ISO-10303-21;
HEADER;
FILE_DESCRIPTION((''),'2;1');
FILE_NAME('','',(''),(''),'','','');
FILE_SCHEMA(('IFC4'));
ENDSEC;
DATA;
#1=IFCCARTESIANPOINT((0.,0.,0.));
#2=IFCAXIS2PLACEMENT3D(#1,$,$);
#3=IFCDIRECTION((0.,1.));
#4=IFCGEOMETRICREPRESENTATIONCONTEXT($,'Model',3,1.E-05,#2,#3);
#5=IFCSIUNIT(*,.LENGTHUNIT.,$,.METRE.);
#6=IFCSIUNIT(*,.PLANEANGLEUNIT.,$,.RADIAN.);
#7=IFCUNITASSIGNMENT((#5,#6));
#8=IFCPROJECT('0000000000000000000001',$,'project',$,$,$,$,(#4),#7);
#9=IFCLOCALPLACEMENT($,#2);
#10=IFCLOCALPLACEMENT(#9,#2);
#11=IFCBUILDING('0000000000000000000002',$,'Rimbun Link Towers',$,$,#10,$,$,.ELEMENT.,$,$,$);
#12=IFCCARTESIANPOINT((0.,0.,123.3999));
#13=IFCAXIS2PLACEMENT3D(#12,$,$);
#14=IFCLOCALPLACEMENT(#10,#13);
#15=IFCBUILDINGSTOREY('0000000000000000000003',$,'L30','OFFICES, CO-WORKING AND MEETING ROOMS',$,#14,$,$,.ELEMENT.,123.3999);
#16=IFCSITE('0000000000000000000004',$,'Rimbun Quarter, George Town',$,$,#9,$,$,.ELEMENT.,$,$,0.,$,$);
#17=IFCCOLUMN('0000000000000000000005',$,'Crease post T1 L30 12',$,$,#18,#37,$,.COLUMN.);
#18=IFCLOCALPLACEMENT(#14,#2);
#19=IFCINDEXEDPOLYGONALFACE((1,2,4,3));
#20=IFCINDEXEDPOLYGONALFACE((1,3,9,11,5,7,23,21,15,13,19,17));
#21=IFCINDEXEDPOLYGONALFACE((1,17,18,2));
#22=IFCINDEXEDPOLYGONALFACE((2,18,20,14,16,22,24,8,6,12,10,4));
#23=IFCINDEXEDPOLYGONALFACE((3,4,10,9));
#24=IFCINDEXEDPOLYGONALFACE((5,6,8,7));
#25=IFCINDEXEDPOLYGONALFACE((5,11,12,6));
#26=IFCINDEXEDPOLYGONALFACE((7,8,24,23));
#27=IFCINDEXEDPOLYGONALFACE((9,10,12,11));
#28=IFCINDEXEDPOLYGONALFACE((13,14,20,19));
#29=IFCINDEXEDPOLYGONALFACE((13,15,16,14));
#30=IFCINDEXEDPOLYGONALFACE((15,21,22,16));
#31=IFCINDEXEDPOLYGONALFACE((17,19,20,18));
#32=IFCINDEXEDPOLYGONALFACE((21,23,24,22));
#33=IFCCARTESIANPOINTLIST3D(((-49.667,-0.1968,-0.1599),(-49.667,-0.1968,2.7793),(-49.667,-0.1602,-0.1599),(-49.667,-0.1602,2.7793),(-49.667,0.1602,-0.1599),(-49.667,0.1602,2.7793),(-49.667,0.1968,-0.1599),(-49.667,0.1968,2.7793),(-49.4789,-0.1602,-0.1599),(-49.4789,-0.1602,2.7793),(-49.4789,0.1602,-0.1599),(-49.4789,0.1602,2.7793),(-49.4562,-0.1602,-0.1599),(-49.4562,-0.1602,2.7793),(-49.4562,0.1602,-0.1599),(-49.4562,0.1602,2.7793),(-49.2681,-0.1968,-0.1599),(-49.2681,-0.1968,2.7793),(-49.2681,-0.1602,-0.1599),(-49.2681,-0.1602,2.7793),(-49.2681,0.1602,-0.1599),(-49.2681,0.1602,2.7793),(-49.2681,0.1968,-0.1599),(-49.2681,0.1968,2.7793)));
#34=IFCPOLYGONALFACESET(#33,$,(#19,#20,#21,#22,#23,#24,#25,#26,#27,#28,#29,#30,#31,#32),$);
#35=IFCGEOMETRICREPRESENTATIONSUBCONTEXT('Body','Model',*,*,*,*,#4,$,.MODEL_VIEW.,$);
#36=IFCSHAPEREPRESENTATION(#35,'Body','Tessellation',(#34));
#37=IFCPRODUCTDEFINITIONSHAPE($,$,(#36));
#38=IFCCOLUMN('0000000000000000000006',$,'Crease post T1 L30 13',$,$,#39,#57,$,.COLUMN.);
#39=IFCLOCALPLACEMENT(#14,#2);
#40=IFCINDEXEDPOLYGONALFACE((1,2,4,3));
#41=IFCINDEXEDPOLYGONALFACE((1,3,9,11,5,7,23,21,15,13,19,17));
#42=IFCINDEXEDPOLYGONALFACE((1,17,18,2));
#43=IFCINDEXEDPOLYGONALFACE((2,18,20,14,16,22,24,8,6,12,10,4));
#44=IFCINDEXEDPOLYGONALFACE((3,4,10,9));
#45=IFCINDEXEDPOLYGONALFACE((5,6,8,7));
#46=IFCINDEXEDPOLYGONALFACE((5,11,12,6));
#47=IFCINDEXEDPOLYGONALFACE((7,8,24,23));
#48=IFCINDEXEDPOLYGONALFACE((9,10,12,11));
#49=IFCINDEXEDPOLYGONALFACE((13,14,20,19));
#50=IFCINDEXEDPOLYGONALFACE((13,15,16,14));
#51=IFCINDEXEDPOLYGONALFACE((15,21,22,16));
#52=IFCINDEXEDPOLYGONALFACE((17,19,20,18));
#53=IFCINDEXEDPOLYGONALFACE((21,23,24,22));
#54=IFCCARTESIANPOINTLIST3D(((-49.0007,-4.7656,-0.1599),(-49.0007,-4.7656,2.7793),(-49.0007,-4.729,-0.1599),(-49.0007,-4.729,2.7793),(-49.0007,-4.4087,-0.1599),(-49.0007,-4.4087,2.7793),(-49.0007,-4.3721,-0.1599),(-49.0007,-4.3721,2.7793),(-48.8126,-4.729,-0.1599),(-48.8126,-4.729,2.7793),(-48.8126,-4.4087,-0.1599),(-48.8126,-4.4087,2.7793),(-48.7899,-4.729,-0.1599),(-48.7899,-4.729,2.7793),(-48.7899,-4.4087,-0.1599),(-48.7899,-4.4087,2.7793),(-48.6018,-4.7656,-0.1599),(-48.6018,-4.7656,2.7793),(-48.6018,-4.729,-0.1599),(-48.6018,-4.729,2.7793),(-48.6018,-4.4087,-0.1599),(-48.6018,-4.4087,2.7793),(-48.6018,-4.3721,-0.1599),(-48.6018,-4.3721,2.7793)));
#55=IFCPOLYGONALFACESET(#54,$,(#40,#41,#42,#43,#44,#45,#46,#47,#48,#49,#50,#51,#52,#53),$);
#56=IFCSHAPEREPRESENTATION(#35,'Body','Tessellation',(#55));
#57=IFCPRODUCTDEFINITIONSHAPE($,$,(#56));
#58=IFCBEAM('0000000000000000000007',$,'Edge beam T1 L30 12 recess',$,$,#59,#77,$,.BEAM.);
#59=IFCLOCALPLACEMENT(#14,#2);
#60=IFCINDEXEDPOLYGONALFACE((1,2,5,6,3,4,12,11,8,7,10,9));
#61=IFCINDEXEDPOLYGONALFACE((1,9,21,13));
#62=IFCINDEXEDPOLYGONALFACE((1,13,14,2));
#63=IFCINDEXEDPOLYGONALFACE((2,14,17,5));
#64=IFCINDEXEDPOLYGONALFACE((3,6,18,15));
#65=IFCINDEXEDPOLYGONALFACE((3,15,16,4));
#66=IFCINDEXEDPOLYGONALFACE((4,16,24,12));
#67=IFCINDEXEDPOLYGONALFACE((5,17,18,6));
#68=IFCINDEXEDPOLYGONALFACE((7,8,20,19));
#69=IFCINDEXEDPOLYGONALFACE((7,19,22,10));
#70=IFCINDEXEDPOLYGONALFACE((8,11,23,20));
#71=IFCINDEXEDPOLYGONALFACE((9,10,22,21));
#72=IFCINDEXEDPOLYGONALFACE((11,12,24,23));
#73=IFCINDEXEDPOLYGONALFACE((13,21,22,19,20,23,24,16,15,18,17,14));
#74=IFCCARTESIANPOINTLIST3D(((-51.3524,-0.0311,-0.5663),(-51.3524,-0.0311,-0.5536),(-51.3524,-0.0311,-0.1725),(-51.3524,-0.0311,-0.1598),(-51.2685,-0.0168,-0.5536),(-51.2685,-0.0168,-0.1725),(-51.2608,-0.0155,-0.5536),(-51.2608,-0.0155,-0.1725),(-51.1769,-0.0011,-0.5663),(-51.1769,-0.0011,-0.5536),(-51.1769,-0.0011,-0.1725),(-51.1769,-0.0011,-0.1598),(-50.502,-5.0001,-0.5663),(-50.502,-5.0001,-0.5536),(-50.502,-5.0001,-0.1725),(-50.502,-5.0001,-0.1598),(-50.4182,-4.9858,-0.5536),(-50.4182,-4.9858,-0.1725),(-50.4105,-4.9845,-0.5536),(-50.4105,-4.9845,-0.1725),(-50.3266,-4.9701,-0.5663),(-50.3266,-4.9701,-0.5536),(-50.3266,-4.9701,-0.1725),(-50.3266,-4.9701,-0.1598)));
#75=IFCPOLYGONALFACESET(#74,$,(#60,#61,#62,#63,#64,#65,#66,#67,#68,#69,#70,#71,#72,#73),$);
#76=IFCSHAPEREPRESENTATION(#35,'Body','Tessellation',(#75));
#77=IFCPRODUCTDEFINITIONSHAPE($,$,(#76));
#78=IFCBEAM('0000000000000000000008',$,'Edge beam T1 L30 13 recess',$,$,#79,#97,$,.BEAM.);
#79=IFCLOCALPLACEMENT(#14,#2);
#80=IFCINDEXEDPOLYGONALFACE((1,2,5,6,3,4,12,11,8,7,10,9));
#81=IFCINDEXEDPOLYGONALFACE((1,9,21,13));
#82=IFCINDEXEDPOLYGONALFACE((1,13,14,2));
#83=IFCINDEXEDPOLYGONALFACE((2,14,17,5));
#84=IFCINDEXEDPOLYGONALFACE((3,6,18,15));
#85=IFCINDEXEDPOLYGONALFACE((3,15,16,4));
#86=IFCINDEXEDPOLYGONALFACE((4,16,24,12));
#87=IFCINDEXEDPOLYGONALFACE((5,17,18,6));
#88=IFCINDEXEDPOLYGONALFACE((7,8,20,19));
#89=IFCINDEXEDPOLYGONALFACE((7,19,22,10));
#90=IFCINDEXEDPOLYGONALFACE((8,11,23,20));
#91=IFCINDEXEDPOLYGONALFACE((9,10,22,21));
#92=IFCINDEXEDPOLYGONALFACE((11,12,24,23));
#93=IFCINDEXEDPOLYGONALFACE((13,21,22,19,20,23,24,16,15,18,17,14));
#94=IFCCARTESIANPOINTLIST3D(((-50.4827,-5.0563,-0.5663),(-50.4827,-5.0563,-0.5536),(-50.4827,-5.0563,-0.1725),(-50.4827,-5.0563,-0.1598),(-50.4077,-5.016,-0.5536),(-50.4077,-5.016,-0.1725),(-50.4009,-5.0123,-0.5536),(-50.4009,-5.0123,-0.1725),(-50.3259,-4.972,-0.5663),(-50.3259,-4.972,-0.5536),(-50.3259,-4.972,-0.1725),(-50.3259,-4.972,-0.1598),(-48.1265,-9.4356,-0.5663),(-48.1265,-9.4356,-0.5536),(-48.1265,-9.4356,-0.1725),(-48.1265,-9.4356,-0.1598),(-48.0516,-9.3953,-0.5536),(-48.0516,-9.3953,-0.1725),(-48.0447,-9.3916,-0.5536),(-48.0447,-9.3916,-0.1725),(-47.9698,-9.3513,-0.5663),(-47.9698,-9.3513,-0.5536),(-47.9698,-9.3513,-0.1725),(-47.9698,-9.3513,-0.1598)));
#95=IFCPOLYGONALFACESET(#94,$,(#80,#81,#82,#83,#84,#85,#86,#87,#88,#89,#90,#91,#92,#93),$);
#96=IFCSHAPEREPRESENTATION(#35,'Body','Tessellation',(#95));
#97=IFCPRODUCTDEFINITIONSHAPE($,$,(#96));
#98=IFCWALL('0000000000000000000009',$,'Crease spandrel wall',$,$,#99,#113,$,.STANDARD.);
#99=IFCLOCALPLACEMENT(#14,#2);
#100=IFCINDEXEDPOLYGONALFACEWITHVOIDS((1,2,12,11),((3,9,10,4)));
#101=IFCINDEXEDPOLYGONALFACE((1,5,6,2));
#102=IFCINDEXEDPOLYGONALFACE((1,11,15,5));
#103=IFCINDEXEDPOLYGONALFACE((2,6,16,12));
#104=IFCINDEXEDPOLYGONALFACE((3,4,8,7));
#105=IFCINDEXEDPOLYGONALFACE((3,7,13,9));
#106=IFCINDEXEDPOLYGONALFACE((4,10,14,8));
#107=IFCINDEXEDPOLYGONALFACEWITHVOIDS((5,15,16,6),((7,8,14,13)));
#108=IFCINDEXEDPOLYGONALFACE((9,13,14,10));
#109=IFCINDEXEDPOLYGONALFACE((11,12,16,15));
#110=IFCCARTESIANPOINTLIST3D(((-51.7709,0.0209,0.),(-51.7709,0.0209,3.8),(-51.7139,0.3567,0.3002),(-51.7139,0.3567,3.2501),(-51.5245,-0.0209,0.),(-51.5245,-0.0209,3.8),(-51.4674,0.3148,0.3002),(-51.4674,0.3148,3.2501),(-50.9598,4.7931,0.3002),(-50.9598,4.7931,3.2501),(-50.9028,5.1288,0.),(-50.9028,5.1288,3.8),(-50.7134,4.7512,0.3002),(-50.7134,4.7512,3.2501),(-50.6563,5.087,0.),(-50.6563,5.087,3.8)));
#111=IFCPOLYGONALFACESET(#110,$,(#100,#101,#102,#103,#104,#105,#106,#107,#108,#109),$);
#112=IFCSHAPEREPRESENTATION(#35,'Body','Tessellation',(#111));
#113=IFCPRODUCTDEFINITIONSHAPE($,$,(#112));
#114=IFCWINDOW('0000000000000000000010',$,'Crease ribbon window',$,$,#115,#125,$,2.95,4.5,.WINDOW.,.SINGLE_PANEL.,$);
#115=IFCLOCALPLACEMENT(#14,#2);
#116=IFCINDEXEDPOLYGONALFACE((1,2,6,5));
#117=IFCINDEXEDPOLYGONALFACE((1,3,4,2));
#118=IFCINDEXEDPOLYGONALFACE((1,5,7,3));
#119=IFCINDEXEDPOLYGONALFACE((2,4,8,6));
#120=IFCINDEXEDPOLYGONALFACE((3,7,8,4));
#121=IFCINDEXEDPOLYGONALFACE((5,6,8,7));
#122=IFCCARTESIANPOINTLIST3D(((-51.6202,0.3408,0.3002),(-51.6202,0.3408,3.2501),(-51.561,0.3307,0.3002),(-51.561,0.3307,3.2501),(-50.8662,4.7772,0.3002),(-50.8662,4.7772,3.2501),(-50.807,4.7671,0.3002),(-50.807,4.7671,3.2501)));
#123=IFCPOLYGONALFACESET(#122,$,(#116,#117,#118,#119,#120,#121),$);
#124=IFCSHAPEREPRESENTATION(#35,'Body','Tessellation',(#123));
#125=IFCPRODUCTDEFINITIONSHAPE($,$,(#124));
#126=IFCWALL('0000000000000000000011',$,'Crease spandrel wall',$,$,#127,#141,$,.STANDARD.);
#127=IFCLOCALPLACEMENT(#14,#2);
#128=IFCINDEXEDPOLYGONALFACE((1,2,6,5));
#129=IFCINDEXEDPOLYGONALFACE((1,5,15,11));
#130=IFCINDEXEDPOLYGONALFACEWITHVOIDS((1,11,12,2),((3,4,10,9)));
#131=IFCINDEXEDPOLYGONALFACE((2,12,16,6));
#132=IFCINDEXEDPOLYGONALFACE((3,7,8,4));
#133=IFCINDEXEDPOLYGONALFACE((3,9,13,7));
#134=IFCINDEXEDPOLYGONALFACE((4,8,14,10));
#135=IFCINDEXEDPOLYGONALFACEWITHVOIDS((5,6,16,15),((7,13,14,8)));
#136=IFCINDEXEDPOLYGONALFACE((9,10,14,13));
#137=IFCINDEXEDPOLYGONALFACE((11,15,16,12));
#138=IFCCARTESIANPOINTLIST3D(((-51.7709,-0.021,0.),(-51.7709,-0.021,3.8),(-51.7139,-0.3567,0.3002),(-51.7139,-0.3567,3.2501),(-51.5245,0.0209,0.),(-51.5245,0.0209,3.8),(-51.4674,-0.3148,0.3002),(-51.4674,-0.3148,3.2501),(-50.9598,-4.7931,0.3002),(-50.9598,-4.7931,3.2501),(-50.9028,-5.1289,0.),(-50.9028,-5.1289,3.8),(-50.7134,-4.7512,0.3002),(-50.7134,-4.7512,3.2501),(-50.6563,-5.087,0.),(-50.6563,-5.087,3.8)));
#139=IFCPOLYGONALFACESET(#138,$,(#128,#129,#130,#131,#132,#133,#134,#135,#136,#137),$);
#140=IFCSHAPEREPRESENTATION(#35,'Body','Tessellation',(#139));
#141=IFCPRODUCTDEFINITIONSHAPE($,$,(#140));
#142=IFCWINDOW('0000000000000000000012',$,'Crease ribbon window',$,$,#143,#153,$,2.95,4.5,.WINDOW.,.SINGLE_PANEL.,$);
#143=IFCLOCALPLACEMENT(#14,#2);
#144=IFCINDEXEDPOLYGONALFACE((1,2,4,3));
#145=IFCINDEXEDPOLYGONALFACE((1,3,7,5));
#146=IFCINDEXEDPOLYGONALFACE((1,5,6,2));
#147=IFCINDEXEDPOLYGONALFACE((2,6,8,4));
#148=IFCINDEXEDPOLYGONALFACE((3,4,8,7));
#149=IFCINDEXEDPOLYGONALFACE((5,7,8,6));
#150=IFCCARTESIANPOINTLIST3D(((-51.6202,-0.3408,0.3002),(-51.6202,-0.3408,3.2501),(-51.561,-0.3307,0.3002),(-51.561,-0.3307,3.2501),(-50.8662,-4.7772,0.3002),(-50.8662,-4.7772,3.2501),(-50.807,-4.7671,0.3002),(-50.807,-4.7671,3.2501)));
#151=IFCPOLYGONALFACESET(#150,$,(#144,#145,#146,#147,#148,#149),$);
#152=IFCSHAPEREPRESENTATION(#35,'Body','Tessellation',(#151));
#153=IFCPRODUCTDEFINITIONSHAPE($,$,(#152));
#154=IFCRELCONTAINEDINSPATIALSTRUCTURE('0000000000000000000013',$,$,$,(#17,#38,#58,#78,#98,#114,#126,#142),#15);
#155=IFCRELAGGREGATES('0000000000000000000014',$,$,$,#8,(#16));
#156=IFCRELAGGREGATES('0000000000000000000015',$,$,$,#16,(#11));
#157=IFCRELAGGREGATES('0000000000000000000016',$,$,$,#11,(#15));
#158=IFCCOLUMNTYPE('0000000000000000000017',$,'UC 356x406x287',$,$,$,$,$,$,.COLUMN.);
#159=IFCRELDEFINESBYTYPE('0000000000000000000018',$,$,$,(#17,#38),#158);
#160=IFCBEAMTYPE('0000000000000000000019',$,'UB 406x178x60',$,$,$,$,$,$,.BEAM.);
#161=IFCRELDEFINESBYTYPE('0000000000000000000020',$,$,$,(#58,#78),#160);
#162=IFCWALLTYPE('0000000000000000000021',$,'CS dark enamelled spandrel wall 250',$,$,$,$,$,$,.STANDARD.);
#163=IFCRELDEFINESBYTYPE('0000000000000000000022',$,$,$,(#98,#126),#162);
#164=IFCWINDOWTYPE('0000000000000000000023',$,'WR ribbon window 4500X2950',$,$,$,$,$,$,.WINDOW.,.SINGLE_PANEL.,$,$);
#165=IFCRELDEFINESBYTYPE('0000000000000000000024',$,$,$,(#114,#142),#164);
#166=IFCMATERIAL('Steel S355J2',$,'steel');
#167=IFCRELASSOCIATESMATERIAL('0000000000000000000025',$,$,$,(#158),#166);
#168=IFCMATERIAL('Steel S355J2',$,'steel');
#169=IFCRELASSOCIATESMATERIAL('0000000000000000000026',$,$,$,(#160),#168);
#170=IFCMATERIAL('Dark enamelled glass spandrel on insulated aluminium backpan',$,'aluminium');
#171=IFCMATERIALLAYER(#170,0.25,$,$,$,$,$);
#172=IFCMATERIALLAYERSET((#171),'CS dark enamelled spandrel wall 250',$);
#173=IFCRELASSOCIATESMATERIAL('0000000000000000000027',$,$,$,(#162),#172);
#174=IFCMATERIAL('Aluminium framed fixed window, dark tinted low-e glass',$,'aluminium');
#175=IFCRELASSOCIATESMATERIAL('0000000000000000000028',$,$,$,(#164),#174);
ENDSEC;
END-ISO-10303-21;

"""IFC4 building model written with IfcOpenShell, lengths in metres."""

from ifc_helpers import new_model, si_unit, direction, frame, frame_2d, origin, origin_2d, place, context, subcontext, project, spatial, rectangle, i_section, extrude, material, layer, layer_set, material_profile, profile_set, type_object, element, fill, save


model = new_model("IFC4")

# Units and contexts
model_context = context("Model", 3, precision=1e-05, world=origin(), true_north=direction((0.0, 1.0)))
body_context = subcontext(model_context, "Body", "Model", "MODEL_VIEW")
ifc_project = project(units=[si_unit("LENGTHUNIT", "METRE"), si_unit("PLANEANGLEUNIT", "RADIAN")], contexts=[model_context])

# Site, building, storey
site_placement = place(None, origin())
site = spatial("IfcSite", under=ifc_project, at=site_placement, Name="Rimbun Quarter, George Town", CompositionType="ELEMENT", RefElevation=0.0)
building_placement = place(site_placement, origin())
building = spatial("IfcBuilding", under=site, at=building_placement, Name="Rimbun Link Towers", CompositionType="ELEMENT")
storey_placement = place(building_placement, frame((0.0, 0.0, 123.3999)))
storey = spatial("IfcBuildingStorey", under=building, at=storey_placement, Name="L30", Description="OFFICES, CO-WORKING AND MEETING ROOMS", CompositionType="ELEMENT", Elevation=123.3999)

# Columns
ifc_material_1 = material(Name="Steel S355J2", Category="steel")
ifc_material_profile_1 = material_profile(ifc_material_1, i_section(OverallWidth=0.3989, OverallDepth=0.3936, WebThickness=0.0227, FlangeThickness=0.0366, at=origin_2d()), Name="UC 356x406x287")
ifc_profile_set_1 = profile_set([ifc_material_profile_1], Name="Steel S355J2")
column_type = type_object("IfcColumnType", Name="UC 356x406x287", PredefinedType="COLUMN", material=ifc_profile_set_1)
for number, where, z_axis, x_axis, name in (
    (1, (-49.4675, 0.0, -0.1599), (0.0, 0.0, 1.0), (1.0, 0.0, 0.0), "Crease post T1 L30 12"),
    (2, (-48.8013, -4.5688, -0.1599), (0.0, 0.0, 1.0), (1.0, 0.0, 0.0), "Crease post T1 L30 13"),
):
    element("IfcColumn", number, at=place(storey_placement, frame(where, z_axis=z_axis, x_axis=x_axis)), inside=storey, type_object=column_type, Name=name, PredefinedType="COLUMN", context=body_context, shape_type="SweptSolid", body=[
        extrude(i_section(OverallWidth=0.3989, OverallDepth=0.3936, WebThickness=0.0227, FlangeThickness=0.0366, at=origin_2d()), origin(), (0.0, 0.0, 1.0), 2.9392),
    ])

# Beams
ifc_material_2 = material(Name="Steel S355J2", Category="steel")
ifc_material_profile_2 = material_profile(ifc_material_2, i_section(OverallWidth=0.178, OverallDepth=0.4065, WebThickness=0.0078, FlangeThickness=0.0127, at=origin_2d()), Name="UB 406x178x60")
ifc_profile_set_2 = profile_set([ifc_material_profile_2], Name="Steel S355J2")
beam_type = type_object("IfcBeamType", Name="UB 406x178x60", PredefinedType="BEAM", material=ifc_profile_set_2)
beam_1_placement = place(storey_placement, frame((-51.2646, -0.0161, -0.363), z_axis=(0.168677, -0.985671, 0.0), x_axis=(0.985671, 0.168677, 0.0)))
element("IfcBeam", 3, at=beam_1_placement, inside=storey, type_object=beam_type, Name="Edge beam T1 L30 12 recess", PredefinedType="BEAM", context=body_context, shape_type="SweptSolid", body=[
    extrude(i_section(OverallWidth=0.178, OverallDepth=0.4065, WebThickness=0.0078, FlangeThickness=0.0127, at=origin_2d()), origin(), (0.0, 0.0, 1.0), 5.0413),
])
beam_2_placement = place(storey_placement, frame((-50.4043, -5.0142, -0.363), z_axis=(0.473798, -0.880633, 0.0), x_axis=(0.880633, 0.473798, 0.0)))
element("IfcBeam", 4, at=beam_2_placement, inside=storey, type_object=beam_type, Name="Edge beam T1 L30 13 recess", PredefinedType="BEAM", context=body_context, shape_type="SweptSolid", body=[
    extrude(i_section(OverallWidth=0.178, OverallDepth=0.4065, WebThickness=0.0078, FlangeThickness=0.0127, at=origin_2d()), origin(), (0.0, 0.0, 1.0), 4.9729),
])

# Walls, openings, windows
ifc_material_3 = material(Name="Dark enamelled glass spandrel on insulated aluminium backpan", Category="aluminium")
ifc_layer_1 = layer(ifc_material_3, 0.25)
ifc_layer_set_1 = layer_set([ifc_layer_1], Name="CS dark enamelled spandrel wall 250")
wall_type_1 = type_object("IfcWallType", Name="CS dark enamelled spandrel wall 250", PredefinedType="STANDARD", material=ifc_layer_set_1)
wall_1_placement = place(storey_placement, frame((-51.6477, 0.0, 0.0), z_axis=(0.0, 0.0, 1.0), x_axis=(0.167562, 0.985862, 0.0)))
wall_1 = element("IfcWall", 5, at=wall_1_placement, inside=storey, type_object=wall_type_1, Name="Crease spandrel wall", PredefinedType="STANDARD", context=body_context, shape_type="SweptSolid", body=[
    extrude(rectangle(XDim=5.1812, YDim=0.25, at=frame_2d((2.5906, 0.0))), origin(), (0.0, 0.0, 1.0), 3.8),
])
opening_1_placement = place(wall_1_placement, frame((0.3406, 0.0, 0.3)))
opening_1 = element("IfcOpeningElement", 6, at=opening_1_placement, cuts=wall_1, PredefinedType="OPENING", context=body_context, shape_type="SweptSolid", body=[
    extrude(rectangle(XDim=4.5, YDim=2.95, at=frame_2d((2.25, 1.4751))), frame((0.0, 0.135, 0.0), z_axis=(0.0, -1.0, 0.0), x_axis=(1.0, 0.0, 0.0)), (0.0, 0.0, 1.0), 0.27),
])
ifc_material_4 = material(Name="Aluminium framed fixed window, dark tinted low-e glass", Category="aluminium")
window_type = type_object("IfcWindowType", Name="WR ribbon window 4500X2950", PartitioningType="SINGLE_PANEL", PredefinedType="WINDOW", material=ifc_material_4)
window_1_placement = place(opening_1_placement, origin())
window_1 = element("IfcWindow", 7, at=window_1_placement, inside=storey, type_object=window_type, Name="Crease ribbon window", OverallHeight=2.95, OverallWidth=4.5, PartitioningType="SINGLE_PANEL", PredefinedType="WINDOW", context=body_context, shape_type="SweptSolid", body=[
    extrude(rectangle(XDim=4.5, YDim=2.95, at=frame_2d((2.25, 1.4751))), frame((0.0, 0.03, 0.0), z_axis=(0.0, -1.0, 0.0), x_axis=(1.0, 0.0, 0.0)), (0.0, 0.0, 1.0), 0.0601),
])
fill(opening_1, window_1)
wall_2_placement = place(storey_placement, frame((-50.7795, -5.1079, 0.0), z_axis=(0.0, 0.0, 1.0), x_axis=(-0.167562, 0.985862, 0.0)))
wall_2 = element("IfcWall", 8, at=wall_2_placement, inside=storey, type_object=wall_type_1, Name="Crease spandrel wall", PredefinedType="STANDARD", context=body_context, shape_type="SweptSolid", body=[
    extrude(rectangle(XDim=5.1812, YDim=0.25, at=frame_2d((2.5906, 0.0))), origin(), (0.0, 0.0, 1.0), 3.8),
])
opening_2_placement = place(wall_2_placement, frame((0.3406, 0.0, 0.3)))
opening_2 = element("IfcOpeningElement", 9, at=opening_2_placement, cuts=wall_2, PredefinedType="OPENING", context=body_context, shape_type="SweptSolid", body=[
    extrude(rectangle(XDim=4.5, YDim=2.95, at=frame_2d((2.25, 1.4751))), frame((0.0, 0.135, 0.0), z_axis=(0.0, -1.0, 0.0), x_axis=(1.0, 0.0, 0.0)), (0.0, 0.0, 1.0), 0.27),
])
window_2_placement = place(opening_2_placement, origin())
window_2 = element("IfcWindow", 10, at=window_2_placement, inside=storey, type_object=window_type, Name="Crease ribbon window", OverallHeight=2.95, OverallWidth=4.5, PartitioningType="SINGLE_PANEL", PredefinedType="WINDOW", context=body_context, shape_type="SweptSolid", body=[
    extrude(rectangle(XDim=4.5, YDim=2.95, at=frame_2d((2.25, 1.4751))), frame((0.0, 0.03, 0.0), z_axis=(0.0, -1.0, 0.0), x_axis=(1.0, 0.0, 0.0)), (0.0, 0.0, 1.0), 0.0601),
])
fill(opening_2, window_2)

save(model, "model.ifc")
